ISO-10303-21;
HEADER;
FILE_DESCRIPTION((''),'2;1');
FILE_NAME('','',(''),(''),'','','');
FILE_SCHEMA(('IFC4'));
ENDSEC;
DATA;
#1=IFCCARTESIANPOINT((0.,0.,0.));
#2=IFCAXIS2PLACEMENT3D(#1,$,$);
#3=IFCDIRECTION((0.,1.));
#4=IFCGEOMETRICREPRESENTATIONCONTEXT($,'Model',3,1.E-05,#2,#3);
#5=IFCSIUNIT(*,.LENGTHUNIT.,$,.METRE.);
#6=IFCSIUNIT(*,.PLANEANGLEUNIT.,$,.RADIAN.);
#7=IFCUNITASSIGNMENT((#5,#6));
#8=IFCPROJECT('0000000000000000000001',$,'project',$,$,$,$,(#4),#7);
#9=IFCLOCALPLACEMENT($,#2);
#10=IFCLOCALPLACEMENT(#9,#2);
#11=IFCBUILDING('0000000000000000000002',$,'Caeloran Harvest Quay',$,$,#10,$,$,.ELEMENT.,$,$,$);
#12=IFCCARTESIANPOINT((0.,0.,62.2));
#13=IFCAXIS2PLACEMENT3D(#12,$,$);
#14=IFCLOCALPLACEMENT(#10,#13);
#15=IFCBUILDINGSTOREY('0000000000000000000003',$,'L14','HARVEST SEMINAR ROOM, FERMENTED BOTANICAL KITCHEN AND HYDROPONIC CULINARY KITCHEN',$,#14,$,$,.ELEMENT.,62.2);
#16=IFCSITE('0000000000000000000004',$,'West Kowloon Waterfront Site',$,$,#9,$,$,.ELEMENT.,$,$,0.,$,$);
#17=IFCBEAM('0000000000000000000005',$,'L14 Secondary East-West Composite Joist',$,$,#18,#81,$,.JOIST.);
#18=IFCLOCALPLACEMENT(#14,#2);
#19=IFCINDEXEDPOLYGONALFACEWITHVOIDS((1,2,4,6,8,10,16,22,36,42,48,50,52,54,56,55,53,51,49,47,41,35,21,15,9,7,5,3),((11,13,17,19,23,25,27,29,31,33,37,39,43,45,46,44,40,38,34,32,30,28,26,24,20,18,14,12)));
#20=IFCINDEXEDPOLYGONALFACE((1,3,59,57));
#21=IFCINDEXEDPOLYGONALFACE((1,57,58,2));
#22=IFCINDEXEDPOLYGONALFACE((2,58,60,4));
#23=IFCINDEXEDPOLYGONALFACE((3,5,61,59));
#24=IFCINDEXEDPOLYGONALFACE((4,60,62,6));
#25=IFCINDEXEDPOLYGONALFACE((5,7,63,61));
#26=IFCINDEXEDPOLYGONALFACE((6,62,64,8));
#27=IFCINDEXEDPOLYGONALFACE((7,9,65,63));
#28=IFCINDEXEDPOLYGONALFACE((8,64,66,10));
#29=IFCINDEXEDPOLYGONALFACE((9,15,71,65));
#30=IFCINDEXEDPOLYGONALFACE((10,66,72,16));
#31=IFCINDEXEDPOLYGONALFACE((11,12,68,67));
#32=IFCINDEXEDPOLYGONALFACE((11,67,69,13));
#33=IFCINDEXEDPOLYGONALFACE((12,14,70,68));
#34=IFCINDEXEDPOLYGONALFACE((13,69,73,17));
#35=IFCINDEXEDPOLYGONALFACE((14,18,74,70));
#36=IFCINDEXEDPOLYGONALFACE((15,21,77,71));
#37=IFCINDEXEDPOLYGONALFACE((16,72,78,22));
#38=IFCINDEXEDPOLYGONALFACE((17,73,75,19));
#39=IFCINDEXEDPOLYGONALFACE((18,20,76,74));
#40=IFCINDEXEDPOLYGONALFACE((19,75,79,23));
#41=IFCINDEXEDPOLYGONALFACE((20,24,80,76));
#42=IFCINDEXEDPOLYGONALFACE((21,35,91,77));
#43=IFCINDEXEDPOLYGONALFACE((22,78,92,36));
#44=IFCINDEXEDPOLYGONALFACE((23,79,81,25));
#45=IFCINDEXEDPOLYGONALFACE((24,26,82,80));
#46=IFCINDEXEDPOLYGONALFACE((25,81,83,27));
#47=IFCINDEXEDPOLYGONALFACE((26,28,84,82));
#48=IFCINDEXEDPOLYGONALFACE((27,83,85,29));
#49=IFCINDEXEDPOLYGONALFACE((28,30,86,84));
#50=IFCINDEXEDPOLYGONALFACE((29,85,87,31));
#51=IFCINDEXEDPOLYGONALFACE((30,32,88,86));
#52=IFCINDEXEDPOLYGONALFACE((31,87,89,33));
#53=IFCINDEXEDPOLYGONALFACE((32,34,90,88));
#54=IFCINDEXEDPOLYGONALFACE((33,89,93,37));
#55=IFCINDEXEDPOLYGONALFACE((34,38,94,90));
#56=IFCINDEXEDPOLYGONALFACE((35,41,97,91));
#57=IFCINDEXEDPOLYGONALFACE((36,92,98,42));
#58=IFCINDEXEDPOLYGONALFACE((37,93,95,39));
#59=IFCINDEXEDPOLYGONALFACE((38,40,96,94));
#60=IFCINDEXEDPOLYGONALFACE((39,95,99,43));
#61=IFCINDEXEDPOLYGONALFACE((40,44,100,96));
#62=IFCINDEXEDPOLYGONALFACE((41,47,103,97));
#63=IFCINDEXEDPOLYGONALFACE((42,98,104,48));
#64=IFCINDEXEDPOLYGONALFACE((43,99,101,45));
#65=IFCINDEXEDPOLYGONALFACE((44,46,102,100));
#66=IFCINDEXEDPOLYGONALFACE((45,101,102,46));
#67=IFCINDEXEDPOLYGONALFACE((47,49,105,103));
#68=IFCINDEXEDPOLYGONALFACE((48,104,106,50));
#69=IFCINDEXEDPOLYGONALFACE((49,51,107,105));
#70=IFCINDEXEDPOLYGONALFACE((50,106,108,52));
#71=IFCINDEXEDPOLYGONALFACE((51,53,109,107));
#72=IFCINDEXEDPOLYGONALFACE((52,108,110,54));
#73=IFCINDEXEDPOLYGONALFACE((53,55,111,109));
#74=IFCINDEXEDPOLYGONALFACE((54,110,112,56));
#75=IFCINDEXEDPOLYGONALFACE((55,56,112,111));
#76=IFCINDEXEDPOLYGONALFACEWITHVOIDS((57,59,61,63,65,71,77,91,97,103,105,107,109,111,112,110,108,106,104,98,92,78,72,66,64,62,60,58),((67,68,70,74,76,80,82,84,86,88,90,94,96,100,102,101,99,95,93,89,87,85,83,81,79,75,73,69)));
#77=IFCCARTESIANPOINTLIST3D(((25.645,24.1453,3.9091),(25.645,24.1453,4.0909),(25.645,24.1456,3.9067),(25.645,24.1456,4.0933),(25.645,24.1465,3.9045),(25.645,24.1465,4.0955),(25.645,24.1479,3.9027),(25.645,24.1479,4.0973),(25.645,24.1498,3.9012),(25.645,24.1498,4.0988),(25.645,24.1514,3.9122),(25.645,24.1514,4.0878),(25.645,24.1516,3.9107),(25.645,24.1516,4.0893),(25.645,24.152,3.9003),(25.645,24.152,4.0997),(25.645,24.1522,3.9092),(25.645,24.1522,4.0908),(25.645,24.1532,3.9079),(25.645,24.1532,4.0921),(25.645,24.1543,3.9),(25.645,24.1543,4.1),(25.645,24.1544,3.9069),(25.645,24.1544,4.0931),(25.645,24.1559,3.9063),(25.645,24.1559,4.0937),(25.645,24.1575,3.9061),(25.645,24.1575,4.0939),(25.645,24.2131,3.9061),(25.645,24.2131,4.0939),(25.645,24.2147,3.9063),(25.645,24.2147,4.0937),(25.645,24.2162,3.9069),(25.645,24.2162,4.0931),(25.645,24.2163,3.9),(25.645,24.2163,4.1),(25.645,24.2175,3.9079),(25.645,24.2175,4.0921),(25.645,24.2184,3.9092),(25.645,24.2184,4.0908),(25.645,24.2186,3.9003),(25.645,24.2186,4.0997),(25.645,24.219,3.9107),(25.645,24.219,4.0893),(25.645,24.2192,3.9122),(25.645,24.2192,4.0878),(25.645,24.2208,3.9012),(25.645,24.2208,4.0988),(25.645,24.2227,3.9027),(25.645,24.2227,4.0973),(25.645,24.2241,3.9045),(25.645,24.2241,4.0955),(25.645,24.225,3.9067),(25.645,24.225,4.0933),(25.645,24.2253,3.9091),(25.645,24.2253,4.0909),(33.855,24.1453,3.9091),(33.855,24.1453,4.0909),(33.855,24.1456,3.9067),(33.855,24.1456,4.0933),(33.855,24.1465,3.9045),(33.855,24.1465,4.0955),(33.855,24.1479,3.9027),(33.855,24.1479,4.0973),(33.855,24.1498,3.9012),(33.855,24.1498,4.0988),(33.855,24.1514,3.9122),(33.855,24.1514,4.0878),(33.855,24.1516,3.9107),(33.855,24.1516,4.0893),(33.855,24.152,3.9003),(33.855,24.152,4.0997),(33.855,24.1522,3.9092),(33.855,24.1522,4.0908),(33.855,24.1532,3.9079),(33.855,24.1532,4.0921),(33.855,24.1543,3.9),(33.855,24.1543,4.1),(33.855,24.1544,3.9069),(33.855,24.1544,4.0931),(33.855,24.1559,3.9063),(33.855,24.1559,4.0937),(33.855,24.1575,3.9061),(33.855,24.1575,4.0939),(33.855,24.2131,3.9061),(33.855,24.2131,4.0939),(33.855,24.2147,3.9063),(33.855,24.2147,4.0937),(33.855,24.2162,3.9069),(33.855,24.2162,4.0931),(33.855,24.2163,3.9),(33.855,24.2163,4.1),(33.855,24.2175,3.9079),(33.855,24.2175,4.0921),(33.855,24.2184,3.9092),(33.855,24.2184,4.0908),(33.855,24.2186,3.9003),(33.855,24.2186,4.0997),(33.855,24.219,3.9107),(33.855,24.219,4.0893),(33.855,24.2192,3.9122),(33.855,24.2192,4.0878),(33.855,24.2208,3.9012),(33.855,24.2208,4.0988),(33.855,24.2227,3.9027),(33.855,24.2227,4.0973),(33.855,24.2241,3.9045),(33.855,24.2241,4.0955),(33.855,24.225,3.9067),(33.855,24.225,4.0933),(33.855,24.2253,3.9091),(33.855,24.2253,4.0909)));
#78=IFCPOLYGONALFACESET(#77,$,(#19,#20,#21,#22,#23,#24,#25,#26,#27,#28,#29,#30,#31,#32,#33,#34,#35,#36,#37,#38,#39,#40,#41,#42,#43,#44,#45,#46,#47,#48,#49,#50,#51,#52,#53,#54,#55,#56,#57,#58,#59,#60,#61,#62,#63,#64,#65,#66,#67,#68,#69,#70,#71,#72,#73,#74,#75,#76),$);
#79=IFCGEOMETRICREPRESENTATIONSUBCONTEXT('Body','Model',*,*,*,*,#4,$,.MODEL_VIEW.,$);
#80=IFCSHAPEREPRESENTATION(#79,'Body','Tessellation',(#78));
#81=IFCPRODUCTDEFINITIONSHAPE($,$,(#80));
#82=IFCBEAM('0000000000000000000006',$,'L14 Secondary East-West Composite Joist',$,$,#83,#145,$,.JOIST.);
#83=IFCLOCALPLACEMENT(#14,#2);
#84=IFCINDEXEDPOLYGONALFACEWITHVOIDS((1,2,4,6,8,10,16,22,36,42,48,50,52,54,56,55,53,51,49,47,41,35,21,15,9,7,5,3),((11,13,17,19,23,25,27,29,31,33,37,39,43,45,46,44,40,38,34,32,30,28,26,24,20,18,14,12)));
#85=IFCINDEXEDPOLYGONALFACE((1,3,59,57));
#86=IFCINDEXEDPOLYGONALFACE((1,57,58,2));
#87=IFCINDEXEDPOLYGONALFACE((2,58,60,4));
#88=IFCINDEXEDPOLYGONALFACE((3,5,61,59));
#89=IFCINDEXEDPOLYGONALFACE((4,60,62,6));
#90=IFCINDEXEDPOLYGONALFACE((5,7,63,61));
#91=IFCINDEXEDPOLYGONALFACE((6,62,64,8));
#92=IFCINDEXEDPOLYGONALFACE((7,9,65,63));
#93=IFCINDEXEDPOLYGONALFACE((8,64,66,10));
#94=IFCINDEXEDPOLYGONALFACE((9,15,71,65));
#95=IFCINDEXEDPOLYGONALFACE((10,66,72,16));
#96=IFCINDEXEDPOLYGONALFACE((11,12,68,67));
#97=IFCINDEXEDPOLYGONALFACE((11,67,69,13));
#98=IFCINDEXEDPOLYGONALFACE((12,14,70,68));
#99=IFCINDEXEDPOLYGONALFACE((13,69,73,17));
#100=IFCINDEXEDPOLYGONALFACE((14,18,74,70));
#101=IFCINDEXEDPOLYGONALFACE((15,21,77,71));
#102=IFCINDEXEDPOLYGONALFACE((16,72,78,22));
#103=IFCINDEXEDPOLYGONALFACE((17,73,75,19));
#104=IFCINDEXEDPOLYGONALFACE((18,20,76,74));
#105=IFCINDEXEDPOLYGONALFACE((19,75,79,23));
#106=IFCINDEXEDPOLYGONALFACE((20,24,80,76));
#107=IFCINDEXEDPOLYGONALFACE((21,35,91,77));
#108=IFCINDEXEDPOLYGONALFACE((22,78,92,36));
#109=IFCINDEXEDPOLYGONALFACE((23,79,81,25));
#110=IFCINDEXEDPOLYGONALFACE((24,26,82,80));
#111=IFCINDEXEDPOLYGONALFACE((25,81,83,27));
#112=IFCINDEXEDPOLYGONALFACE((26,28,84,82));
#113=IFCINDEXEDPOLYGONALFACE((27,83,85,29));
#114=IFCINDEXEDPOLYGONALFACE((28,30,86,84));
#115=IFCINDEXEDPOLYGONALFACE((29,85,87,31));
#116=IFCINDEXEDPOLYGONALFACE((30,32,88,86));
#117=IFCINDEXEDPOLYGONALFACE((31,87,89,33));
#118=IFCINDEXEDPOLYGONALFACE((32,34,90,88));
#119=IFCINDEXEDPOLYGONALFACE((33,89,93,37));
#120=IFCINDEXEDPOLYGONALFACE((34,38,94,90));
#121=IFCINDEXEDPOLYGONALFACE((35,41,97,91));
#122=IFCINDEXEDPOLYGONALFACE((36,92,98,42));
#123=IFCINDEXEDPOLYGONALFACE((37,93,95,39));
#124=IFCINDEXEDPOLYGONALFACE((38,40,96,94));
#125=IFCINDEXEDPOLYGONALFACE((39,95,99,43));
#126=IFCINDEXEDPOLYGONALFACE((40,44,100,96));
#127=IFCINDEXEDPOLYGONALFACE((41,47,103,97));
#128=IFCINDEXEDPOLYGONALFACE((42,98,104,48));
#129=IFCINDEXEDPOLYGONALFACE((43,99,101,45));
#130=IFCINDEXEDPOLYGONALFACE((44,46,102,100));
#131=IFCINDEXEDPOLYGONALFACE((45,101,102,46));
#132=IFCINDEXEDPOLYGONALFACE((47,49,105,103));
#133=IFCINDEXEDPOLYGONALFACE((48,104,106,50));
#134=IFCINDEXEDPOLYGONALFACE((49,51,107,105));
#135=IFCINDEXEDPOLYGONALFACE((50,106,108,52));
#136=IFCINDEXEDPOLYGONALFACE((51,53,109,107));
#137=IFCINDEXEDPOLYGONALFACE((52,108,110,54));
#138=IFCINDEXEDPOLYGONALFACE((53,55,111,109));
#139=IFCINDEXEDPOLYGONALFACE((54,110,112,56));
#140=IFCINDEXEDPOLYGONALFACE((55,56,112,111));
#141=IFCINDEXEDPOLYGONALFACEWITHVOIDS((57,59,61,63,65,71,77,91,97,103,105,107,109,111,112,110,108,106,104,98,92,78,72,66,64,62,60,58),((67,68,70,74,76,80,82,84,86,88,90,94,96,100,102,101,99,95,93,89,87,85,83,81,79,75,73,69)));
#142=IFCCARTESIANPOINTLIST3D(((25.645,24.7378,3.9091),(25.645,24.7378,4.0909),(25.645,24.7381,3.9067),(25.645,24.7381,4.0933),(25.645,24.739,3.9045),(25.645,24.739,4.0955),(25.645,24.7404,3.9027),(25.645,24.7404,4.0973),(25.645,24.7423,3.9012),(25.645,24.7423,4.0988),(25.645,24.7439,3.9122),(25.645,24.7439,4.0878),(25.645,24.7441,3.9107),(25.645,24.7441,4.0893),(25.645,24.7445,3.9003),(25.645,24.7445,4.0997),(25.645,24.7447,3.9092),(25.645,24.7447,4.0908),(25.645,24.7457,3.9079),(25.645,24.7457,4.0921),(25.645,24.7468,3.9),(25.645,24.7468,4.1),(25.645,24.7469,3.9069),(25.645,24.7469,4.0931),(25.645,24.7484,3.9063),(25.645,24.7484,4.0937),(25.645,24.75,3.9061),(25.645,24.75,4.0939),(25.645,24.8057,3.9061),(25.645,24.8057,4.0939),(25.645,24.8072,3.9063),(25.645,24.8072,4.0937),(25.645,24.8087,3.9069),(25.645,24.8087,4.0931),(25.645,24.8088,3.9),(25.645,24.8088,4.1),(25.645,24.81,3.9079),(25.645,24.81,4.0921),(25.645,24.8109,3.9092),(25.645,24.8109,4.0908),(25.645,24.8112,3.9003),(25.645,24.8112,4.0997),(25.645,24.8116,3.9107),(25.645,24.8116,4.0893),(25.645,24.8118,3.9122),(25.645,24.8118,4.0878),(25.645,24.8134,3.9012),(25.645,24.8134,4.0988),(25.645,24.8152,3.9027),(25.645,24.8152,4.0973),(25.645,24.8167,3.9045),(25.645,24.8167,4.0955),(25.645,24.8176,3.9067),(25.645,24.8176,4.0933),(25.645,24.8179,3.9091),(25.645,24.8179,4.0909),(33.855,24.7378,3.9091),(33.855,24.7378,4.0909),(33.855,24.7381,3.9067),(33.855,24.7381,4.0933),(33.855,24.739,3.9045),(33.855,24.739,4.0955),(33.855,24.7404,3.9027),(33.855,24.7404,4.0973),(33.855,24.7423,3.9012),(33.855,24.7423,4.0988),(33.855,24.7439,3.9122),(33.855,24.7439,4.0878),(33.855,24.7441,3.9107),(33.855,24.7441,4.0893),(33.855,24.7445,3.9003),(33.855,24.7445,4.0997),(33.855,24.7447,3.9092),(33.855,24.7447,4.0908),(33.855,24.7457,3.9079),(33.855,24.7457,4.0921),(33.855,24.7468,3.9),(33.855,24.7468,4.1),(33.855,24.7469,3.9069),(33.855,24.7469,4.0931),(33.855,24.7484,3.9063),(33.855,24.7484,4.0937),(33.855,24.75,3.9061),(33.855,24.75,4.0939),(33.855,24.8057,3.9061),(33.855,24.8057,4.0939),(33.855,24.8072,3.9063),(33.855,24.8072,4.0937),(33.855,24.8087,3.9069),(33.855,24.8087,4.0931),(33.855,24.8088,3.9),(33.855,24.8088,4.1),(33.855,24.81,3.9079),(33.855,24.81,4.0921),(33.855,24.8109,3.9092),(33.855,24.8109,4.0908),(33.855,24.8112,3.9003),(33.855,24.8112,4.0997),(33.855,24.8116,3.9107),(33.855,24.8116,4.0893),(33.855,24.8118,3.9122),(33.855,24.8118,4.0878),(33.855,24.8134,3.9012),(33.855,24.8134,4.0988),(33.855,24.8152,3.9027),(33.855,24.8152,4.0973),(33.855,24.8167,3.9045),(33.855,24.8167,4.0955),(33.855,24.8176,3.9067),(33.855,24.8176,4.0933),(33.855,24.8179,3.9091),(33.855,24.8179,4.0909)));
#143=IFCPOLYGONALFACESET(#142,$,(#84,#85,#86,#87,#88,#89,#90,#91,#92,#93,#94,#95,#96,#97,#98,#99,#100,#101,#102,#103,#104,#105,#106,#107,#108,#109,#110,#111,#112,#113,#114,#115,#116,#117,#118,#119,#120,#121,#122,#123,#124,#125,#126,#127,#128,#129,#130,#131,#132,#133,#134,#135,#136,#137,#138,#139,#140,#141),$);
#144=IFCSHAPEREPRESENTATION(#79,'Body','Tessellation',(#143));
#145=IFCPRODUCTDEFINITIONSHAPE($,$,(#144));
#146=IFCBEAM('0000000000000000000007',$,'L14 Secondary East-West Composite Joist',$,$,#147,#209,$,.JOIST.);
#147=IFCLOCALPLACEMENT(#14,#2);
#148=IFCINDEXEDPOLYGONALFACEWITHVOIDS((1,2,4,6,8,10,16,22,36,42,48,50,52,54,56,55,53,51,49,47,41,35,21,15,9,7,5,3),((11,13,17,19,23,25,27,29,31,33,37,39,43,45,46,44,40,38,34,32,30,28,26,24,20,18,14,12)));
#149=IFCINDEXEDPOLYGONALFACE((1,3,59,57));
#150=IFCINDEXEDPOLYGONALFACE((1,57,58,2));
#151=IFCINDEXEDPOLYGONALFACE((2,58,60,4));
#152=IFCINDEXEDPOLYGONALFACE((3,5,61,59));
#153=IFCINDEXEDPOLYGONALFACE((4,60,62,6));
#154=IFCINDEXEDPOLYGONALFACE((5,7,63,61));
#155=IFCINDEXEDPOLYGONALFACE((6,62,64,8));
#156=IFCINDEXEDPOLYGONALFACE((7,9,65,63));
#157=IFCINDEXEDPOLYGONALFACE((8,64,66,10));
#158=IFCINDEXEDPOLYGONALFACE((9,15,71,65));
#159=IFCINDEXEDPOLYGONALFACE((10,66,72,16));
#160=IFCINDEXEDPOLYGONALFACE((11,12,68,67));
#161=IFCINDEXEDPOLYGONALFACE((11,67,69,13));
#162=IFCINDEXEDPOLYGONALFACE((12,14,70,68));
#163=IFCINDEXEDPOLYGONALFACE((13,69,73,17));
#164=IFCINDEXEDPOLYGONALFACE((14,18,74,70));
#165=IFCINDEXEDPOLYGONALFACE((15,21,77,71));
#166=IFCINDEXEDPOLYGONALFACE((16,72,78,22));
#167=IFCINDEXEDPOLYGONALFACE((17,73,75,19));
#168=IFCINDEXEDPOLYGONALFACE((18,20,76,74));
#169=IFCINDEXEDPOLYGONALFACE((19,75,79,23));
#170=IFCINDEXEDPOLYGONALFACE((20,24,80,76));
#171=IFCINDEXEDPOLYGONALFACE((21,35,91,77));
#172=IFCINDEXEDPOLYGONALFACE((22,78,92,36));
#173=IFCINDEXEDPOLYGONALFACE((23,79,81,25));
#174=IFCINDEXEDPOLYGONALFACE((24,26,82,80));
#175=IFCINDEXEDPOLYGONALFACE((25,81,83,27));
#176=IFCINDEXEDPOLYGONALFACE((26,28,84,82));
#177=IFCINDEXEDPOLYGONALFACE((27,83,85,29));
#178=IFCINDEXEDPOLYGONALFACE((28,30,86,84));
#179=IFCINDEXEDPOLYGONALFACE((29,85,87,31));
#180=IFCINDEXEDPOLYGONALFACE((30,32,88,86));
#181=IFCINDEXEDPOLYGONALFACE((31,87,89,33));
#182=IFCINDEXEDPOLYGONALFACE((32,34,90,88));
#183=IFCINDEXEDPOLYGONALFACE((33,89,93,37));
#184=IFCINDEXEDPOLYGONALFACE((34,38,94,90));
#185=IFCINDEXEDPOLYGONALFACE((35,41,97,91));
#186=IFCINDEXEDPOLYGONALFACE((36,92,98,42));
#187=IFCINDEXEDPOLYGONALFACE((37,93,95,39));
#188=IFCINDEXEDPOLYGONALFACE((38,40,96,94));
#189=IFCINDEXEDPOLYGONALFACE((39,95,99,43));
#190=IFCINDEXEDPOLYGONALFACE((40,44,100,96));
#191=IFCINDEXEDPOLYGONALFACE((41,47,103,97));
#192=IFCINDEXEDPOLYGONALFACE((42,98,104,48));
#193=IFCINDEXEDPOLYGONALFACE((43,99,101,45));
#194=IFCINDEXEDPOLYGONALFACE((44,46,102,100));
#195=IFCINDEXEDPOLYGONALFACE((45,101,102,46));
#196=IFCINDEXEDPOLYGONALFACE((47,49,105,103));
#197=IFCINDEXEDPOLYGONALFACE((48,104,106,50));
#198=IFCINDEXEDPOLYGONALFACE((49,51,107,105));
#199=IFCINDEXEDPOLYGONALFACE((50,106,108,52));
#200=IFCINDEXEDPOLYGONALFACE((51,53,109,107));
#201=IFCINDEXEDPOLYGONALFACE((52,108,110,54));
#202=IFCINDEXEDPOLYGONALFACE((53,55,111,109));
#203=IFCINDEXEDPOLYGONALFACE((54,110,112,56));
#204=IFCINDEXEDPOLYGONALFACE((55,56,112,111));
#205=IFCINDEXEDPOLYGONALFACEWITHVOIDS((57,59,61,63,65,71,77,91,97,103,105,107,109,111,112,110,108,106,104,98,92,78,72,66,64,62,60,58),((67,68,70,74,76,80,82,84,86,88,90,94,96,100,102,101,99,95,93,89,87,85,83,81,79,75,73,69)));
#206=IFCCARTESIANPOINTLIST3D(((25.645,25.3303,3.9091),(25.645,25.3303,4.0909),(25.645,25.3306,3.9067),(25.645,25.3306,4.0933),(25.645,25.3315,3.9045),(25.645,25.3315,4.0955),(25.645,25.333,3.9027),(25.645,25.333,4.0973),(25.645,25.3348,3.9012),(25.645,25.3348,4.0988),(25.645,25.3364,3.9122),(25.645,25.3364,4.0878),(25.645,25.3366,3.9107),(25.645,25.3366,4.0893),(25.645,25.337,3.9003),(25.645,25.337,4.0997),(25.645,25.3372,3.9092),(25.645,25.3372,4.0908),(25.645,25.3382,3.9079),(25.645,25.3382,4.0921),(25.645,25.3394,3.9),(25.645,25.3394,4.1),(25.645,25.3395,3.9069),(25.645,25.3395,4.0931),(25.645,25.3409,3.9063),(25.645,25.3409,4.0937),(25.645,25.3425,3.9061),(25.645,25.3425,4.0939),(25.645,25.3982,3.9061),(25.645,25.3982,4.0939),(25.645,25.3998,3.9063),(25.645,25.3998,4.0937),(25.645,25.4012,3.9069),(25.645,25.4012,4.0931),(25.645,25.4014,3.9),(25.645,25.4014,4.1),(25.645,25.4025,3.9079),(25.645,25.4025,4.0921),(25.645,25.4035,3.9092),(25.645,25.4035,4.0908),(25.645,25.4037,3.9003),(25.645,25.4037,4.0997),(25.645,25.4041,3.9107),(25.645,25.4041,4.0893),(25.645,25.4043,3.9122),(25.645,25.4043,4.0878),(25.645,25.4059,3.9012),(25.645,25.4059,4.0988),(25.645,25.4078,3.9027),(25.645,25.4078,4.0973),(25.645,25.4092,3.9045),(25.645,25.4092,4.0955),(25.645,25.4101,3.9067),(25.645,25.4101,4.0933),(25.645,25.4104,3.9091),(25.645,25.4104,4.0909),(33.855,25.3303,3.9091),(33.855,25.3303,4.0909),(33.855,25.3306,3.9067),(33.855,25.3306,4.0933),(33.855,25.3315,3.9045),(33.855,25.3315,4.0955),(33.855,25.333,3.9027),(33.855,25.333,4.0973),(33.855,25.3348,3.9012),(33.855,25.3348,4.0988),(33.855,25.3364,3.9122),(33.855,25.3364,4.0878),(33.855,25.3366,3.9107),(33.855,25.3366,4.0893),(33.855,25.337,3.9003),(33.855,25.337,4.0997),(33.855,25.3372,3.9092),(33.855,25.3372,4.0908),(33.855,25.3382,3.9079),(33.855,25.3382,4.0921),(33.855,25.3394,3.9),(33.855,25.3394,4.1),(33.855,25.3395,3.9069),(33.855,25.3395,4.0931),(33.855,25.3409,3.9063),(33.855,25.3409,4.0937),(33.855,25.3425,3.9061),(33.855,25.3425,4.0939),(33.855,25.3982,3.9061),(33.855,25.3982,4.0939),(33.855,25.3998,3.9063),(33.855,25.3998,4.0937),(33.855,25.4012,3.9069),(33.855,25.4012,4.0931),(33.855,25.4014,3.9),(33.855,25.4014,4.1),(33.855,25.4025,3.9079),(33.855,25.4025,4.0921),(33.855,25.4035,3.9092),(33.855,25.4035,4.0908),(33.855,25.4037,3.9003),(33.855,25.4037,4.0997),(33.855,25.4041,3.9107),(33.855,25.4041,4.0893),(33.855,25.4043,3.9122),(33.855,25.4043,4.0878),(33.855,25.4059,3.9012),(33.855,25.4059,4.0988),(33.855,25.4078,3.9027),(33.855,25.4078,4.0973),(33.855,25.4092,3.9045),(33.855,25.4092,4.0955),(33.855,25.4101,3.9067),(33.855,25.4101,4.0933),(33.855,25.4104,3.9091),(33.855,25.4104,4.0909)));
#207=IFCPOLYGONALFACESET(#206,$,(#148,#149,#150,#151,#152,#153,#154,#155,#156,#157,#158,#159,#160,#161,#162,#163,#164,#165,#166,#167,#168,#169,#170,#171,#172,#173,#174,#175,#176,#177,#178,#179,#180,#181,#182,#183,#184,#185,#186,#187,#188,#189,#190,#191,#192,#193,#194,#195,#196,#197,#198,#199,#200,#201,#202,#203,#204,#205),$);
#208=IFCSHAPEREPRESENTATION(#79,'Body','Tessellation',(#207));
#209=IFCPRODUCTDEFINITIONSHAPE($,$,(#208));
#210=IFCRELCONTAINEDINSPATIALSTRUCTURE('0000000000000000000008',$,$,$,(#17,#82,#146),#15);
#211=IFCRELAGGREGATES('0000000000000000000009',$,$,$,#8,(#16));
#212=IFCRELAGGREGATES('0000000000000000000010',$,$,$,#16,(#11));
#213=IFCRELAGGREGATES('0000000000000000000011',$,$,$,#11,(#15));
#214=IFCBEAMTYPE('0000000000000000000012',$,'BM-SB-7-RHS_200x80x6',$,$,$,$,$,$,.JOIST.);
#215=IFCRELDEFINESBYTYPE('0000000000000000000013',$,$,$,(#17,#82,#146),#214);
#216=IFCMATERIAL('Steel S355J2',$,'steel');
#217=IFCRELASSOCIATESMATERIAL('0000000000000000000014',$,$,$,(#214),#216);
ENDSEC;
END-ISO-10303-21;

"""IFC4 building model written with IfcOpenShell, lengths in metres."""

from ifc_helpers import new_model, si_unit, direction, frame, origin, origin_2d, place, context, subcontext, project, spatial, hollow_rectangle, extrude, material, material_profile, profile_set, type_object, element, save


model = new_model("IFC4")

# Units and contexts
model_context = context("Model", 3, precision=1e-05, world=origin(), true_north=direction((0.0, 1.0)))
body_context = subcontext(model_context, "Body", "Model", "MODEL_VIEW")
ifc_project = project(units=[si_unit("LENGTHUNIT", "METRE"), si_unit("PLANEANGLEUNIT", "RADIAN")], contexts=[model_context])

# Site, building, storey
site_placement = place(None, origin())
site = spatial("IfcSite", under=ifc_project, at=site_placement, Name="West Kowloon Waterfront Site", CompositionType="ELEMENT", RefElevation=0.0)
building_placement = place(site_placement, origin())
building = spatial("IfcBuilding", under=site, at=building_placement, Name="Caeloran Harvest Quay", CompositionType="ELEMENT")
storey_placement = place(building_placement, frame((0.0, 0.0, 62.2)))
storey = spatial("IfcBuildingStorey", under=building, at=storey_placement, Name="L14", Description="HARVEST SEMINAR ROOM, FERMENTED BOTANICAL KITCHEN AND HYDROPONIC CULINARY KITCHEN", CompositionType="ELEMENT", Elevation=62.2)

# Beams
ifc_material_1 = material(Name="Steel S355J2", Category="steel")
ifc_material_profile_1 = material_profile(ifc_material_1, hollow_rectangle(XDim=0.0801, YDim=0.2, WallThickness=0.0061, InnerFilletRadius=0.0061, OuterFilletRadius=0.009, at=origin_2d()), Name="RHS 200x80x6")
ifc_profile_set_1 = profile_set([ifc_material_profile_1], Name="Steel S355J2")
beam_type_1 = type_object("IfcBeamType", Name="BM-SB-7-RHS_200x80x6", PredefinedType="JOIST", material=ifc_profile_set_1)
for number, where, z_axis, x_axis, name in (
    (1, (25.645, 24.1853, 4.0), (1.0, 0.0, 0.0), (0.0, 1.0, 0.0), "L14 Secondary East-West Composite Joist"),
    (2, (25.645, 24.7778, 4.0), (1.0, 0.0, 0.0), (0.0, 1.0, 0.0), "L14 Secondary East-West Composite Joist"),
    (3, (25.645, 25.3704, 4.0), (1.0, 0.0, 0.0), (0.0, 1.0, 0.0), "L14 Secondary East-West Composite Joist"),
):
    element("IfcBeam", number, at=place(storey_placement, frame(where, z_axis=z_axis, x_axis=x_axis)), inside=storey, type_object=beam_type_1, Name=name, PredefinedType="JOIST", context=body_context, shape_type="SweptSolid", body=[
        extrude(hollow_rectangle(XDim=0.0801, YDim=0.2, WallThickness=0.0061, InnerFilletRadius=0.0061, OuterFilletRadius=0.009, at=origin_2d()), origin(), (0.0, 0.0, 1.0), 8.21),
    ])

save(model, "model.ifc")
